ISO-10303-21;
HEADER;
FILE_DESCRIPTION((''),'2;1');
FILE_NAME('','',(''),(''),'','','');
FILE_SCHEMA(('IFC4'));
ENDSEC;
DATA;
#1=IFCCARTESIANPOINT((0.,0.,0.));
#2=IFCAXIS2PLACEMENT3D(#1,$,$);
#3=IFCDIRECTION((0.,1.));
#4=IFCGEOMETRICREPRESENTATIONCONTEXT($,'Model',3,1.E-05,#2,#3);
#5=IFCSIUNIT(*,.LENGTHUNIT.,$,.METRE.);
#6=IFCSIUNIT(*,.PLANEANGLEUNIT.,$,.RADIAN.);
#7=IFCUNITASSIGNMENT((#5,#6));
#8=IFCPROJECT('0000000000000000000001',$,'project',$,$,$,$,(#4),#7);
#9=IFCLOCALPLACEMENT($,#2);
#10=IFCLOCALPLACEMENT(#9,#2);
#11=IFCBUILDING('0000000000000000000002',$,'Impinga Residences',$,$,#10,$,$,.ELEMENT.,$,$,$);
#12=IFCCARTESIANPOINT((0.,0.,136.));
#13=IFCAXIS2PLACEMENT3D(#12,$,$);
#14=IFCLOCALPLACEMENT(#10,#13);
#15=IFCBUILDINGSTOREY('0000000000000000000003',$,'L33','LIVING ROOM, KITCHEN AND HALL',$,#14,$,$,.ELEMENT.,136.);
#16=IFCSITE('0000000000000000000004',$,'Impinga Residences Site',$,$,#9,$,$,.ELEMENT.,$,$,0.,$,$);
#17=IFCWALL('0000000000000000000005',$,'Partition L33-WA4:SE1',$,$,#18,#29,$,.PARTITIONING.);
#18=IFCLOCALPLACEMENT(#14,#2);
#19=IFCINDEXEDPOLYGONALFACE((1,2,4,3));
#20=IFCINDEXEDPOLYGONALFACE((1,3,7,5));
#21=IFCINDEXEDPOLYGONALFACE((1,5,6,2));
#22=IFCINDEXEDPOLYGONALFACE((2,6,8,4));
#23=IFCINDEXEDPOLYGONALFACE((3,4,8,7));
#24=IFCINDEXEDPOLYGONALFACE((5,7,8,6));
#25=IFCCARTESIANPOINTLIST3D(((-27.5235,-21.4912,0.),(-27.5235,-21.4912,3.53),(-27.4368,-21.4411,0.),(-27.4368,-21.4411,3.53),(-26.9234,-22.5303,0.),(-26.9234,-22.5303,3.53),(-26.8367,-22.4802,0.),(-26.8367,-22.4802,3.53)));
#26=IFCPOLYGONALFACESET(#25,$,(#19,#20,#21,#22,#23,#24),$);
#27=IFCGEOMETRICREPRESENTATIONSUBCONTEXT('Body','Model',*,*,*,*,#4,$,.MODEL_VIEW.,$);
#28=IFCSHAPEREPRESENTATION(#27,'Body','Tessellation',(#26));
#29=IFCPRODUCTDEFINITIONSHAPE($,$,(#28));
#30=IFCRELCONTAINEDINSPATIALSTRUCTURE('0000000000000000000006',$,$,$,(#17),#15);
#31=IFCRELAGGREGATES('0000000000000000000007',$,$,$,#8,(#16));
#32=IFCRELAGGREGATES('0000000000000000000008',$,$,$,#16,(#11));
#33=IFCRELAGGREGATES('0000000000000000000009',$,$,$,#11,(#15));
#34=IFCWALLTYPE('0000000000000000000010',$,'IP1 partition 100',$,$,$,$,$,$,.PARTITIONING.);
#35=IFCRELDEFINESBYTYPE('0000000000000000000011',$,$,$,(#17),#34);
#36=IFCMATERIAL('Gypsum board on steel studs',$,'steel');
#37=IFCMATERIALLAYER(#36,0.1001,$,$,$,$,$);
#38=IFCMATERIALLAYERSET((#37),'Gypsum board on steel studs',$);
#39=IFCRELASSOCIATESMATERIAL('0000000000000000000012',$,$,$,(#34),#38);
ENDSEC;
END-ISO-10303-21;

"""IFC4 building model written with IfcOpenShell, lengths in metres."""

from ifc_helpers import new_model, si_unit, direction, frame, frame_2d, origin, place, context, subcontext, project, spatial, rectangle, extrude, material, layer, layer_set, type_object, element, save


model = new_model("IFC4")

# Units and contexts
model_context = context("Model", 3, precision=1e-05, world=origin(), true_north=direction((0.0, 1.0)))
body_context = subcontext(model_context, "Body", "Model", "MODEL_VIEW")
ifc_project = project(units=[si_unit("LENGTHUNIT", "METRE"), si_unit("PLANEANGLEUNIT", "RADIAN")], contexts=[model_context])

# Site, building, storey
site_placement = place(None, origin())
site = spatial("IfcSite", under=ifc_project, at=site_placement, Name="Impinga Residences Site", CompositionType="ELEMENT", RefElevation=0.0)
building_placement = place(site_placement, origin())
building = spatial("IfcBuilding", under=site, at=building_placement, Name="Impinga Residences", CompositionType="ELEMENT")
storey_placement = place(building_placement, frame((0.0, 0.0, 136.0)))
storey = spatial("IfcBuildingStorey", under=building, at=storey_placement, Name="L33", Description="LIVING ROOM, KITCHEN AND HALL", CompositionType="ELEMENT", Elevation=136.0)

# Shared definitions
ifc_material_1 = material(Name="Gypsum board on steel studs", Category="steel")
ifc_layer_1 = layer(ifc_material_1, 0.1001)
ifc_layer_set_1 = layer_set([ifc_layer_1], Name="Gypsum board on steel studs")
wall_type_1 = type_object("IfcWallType", Name="IP1 partition 100", PredefinedType="PARTITIONING", material=ifc_layer_set_1)

# Wall
for number, where, z_axis, x_axis, name in (
    (1, (-27.4802, -21.4661, 0.0), (0.0, 0.0, 1.0), (0.500122, -0.865955, 0.0), "Partition L33-WA4:SE1"),
):
    element("IfcWall", number, at=place(storey_placement, frame(where, z_axis=z_axis, x_axis=x_axis)), inside=storey, type_object=wall_type_1, Name=name, PredefinedType="PARTITIONING", context=body_context, shape_type="SweptSolid", body=[
        extrude(rectangle(XDim=1.2, YDim=0.1001, at=frame_2d((0.6001, 0.0))), origin(), (0.0, 0.0, 1.0), 3.53),
    ])

save(model, "model.ifc")
